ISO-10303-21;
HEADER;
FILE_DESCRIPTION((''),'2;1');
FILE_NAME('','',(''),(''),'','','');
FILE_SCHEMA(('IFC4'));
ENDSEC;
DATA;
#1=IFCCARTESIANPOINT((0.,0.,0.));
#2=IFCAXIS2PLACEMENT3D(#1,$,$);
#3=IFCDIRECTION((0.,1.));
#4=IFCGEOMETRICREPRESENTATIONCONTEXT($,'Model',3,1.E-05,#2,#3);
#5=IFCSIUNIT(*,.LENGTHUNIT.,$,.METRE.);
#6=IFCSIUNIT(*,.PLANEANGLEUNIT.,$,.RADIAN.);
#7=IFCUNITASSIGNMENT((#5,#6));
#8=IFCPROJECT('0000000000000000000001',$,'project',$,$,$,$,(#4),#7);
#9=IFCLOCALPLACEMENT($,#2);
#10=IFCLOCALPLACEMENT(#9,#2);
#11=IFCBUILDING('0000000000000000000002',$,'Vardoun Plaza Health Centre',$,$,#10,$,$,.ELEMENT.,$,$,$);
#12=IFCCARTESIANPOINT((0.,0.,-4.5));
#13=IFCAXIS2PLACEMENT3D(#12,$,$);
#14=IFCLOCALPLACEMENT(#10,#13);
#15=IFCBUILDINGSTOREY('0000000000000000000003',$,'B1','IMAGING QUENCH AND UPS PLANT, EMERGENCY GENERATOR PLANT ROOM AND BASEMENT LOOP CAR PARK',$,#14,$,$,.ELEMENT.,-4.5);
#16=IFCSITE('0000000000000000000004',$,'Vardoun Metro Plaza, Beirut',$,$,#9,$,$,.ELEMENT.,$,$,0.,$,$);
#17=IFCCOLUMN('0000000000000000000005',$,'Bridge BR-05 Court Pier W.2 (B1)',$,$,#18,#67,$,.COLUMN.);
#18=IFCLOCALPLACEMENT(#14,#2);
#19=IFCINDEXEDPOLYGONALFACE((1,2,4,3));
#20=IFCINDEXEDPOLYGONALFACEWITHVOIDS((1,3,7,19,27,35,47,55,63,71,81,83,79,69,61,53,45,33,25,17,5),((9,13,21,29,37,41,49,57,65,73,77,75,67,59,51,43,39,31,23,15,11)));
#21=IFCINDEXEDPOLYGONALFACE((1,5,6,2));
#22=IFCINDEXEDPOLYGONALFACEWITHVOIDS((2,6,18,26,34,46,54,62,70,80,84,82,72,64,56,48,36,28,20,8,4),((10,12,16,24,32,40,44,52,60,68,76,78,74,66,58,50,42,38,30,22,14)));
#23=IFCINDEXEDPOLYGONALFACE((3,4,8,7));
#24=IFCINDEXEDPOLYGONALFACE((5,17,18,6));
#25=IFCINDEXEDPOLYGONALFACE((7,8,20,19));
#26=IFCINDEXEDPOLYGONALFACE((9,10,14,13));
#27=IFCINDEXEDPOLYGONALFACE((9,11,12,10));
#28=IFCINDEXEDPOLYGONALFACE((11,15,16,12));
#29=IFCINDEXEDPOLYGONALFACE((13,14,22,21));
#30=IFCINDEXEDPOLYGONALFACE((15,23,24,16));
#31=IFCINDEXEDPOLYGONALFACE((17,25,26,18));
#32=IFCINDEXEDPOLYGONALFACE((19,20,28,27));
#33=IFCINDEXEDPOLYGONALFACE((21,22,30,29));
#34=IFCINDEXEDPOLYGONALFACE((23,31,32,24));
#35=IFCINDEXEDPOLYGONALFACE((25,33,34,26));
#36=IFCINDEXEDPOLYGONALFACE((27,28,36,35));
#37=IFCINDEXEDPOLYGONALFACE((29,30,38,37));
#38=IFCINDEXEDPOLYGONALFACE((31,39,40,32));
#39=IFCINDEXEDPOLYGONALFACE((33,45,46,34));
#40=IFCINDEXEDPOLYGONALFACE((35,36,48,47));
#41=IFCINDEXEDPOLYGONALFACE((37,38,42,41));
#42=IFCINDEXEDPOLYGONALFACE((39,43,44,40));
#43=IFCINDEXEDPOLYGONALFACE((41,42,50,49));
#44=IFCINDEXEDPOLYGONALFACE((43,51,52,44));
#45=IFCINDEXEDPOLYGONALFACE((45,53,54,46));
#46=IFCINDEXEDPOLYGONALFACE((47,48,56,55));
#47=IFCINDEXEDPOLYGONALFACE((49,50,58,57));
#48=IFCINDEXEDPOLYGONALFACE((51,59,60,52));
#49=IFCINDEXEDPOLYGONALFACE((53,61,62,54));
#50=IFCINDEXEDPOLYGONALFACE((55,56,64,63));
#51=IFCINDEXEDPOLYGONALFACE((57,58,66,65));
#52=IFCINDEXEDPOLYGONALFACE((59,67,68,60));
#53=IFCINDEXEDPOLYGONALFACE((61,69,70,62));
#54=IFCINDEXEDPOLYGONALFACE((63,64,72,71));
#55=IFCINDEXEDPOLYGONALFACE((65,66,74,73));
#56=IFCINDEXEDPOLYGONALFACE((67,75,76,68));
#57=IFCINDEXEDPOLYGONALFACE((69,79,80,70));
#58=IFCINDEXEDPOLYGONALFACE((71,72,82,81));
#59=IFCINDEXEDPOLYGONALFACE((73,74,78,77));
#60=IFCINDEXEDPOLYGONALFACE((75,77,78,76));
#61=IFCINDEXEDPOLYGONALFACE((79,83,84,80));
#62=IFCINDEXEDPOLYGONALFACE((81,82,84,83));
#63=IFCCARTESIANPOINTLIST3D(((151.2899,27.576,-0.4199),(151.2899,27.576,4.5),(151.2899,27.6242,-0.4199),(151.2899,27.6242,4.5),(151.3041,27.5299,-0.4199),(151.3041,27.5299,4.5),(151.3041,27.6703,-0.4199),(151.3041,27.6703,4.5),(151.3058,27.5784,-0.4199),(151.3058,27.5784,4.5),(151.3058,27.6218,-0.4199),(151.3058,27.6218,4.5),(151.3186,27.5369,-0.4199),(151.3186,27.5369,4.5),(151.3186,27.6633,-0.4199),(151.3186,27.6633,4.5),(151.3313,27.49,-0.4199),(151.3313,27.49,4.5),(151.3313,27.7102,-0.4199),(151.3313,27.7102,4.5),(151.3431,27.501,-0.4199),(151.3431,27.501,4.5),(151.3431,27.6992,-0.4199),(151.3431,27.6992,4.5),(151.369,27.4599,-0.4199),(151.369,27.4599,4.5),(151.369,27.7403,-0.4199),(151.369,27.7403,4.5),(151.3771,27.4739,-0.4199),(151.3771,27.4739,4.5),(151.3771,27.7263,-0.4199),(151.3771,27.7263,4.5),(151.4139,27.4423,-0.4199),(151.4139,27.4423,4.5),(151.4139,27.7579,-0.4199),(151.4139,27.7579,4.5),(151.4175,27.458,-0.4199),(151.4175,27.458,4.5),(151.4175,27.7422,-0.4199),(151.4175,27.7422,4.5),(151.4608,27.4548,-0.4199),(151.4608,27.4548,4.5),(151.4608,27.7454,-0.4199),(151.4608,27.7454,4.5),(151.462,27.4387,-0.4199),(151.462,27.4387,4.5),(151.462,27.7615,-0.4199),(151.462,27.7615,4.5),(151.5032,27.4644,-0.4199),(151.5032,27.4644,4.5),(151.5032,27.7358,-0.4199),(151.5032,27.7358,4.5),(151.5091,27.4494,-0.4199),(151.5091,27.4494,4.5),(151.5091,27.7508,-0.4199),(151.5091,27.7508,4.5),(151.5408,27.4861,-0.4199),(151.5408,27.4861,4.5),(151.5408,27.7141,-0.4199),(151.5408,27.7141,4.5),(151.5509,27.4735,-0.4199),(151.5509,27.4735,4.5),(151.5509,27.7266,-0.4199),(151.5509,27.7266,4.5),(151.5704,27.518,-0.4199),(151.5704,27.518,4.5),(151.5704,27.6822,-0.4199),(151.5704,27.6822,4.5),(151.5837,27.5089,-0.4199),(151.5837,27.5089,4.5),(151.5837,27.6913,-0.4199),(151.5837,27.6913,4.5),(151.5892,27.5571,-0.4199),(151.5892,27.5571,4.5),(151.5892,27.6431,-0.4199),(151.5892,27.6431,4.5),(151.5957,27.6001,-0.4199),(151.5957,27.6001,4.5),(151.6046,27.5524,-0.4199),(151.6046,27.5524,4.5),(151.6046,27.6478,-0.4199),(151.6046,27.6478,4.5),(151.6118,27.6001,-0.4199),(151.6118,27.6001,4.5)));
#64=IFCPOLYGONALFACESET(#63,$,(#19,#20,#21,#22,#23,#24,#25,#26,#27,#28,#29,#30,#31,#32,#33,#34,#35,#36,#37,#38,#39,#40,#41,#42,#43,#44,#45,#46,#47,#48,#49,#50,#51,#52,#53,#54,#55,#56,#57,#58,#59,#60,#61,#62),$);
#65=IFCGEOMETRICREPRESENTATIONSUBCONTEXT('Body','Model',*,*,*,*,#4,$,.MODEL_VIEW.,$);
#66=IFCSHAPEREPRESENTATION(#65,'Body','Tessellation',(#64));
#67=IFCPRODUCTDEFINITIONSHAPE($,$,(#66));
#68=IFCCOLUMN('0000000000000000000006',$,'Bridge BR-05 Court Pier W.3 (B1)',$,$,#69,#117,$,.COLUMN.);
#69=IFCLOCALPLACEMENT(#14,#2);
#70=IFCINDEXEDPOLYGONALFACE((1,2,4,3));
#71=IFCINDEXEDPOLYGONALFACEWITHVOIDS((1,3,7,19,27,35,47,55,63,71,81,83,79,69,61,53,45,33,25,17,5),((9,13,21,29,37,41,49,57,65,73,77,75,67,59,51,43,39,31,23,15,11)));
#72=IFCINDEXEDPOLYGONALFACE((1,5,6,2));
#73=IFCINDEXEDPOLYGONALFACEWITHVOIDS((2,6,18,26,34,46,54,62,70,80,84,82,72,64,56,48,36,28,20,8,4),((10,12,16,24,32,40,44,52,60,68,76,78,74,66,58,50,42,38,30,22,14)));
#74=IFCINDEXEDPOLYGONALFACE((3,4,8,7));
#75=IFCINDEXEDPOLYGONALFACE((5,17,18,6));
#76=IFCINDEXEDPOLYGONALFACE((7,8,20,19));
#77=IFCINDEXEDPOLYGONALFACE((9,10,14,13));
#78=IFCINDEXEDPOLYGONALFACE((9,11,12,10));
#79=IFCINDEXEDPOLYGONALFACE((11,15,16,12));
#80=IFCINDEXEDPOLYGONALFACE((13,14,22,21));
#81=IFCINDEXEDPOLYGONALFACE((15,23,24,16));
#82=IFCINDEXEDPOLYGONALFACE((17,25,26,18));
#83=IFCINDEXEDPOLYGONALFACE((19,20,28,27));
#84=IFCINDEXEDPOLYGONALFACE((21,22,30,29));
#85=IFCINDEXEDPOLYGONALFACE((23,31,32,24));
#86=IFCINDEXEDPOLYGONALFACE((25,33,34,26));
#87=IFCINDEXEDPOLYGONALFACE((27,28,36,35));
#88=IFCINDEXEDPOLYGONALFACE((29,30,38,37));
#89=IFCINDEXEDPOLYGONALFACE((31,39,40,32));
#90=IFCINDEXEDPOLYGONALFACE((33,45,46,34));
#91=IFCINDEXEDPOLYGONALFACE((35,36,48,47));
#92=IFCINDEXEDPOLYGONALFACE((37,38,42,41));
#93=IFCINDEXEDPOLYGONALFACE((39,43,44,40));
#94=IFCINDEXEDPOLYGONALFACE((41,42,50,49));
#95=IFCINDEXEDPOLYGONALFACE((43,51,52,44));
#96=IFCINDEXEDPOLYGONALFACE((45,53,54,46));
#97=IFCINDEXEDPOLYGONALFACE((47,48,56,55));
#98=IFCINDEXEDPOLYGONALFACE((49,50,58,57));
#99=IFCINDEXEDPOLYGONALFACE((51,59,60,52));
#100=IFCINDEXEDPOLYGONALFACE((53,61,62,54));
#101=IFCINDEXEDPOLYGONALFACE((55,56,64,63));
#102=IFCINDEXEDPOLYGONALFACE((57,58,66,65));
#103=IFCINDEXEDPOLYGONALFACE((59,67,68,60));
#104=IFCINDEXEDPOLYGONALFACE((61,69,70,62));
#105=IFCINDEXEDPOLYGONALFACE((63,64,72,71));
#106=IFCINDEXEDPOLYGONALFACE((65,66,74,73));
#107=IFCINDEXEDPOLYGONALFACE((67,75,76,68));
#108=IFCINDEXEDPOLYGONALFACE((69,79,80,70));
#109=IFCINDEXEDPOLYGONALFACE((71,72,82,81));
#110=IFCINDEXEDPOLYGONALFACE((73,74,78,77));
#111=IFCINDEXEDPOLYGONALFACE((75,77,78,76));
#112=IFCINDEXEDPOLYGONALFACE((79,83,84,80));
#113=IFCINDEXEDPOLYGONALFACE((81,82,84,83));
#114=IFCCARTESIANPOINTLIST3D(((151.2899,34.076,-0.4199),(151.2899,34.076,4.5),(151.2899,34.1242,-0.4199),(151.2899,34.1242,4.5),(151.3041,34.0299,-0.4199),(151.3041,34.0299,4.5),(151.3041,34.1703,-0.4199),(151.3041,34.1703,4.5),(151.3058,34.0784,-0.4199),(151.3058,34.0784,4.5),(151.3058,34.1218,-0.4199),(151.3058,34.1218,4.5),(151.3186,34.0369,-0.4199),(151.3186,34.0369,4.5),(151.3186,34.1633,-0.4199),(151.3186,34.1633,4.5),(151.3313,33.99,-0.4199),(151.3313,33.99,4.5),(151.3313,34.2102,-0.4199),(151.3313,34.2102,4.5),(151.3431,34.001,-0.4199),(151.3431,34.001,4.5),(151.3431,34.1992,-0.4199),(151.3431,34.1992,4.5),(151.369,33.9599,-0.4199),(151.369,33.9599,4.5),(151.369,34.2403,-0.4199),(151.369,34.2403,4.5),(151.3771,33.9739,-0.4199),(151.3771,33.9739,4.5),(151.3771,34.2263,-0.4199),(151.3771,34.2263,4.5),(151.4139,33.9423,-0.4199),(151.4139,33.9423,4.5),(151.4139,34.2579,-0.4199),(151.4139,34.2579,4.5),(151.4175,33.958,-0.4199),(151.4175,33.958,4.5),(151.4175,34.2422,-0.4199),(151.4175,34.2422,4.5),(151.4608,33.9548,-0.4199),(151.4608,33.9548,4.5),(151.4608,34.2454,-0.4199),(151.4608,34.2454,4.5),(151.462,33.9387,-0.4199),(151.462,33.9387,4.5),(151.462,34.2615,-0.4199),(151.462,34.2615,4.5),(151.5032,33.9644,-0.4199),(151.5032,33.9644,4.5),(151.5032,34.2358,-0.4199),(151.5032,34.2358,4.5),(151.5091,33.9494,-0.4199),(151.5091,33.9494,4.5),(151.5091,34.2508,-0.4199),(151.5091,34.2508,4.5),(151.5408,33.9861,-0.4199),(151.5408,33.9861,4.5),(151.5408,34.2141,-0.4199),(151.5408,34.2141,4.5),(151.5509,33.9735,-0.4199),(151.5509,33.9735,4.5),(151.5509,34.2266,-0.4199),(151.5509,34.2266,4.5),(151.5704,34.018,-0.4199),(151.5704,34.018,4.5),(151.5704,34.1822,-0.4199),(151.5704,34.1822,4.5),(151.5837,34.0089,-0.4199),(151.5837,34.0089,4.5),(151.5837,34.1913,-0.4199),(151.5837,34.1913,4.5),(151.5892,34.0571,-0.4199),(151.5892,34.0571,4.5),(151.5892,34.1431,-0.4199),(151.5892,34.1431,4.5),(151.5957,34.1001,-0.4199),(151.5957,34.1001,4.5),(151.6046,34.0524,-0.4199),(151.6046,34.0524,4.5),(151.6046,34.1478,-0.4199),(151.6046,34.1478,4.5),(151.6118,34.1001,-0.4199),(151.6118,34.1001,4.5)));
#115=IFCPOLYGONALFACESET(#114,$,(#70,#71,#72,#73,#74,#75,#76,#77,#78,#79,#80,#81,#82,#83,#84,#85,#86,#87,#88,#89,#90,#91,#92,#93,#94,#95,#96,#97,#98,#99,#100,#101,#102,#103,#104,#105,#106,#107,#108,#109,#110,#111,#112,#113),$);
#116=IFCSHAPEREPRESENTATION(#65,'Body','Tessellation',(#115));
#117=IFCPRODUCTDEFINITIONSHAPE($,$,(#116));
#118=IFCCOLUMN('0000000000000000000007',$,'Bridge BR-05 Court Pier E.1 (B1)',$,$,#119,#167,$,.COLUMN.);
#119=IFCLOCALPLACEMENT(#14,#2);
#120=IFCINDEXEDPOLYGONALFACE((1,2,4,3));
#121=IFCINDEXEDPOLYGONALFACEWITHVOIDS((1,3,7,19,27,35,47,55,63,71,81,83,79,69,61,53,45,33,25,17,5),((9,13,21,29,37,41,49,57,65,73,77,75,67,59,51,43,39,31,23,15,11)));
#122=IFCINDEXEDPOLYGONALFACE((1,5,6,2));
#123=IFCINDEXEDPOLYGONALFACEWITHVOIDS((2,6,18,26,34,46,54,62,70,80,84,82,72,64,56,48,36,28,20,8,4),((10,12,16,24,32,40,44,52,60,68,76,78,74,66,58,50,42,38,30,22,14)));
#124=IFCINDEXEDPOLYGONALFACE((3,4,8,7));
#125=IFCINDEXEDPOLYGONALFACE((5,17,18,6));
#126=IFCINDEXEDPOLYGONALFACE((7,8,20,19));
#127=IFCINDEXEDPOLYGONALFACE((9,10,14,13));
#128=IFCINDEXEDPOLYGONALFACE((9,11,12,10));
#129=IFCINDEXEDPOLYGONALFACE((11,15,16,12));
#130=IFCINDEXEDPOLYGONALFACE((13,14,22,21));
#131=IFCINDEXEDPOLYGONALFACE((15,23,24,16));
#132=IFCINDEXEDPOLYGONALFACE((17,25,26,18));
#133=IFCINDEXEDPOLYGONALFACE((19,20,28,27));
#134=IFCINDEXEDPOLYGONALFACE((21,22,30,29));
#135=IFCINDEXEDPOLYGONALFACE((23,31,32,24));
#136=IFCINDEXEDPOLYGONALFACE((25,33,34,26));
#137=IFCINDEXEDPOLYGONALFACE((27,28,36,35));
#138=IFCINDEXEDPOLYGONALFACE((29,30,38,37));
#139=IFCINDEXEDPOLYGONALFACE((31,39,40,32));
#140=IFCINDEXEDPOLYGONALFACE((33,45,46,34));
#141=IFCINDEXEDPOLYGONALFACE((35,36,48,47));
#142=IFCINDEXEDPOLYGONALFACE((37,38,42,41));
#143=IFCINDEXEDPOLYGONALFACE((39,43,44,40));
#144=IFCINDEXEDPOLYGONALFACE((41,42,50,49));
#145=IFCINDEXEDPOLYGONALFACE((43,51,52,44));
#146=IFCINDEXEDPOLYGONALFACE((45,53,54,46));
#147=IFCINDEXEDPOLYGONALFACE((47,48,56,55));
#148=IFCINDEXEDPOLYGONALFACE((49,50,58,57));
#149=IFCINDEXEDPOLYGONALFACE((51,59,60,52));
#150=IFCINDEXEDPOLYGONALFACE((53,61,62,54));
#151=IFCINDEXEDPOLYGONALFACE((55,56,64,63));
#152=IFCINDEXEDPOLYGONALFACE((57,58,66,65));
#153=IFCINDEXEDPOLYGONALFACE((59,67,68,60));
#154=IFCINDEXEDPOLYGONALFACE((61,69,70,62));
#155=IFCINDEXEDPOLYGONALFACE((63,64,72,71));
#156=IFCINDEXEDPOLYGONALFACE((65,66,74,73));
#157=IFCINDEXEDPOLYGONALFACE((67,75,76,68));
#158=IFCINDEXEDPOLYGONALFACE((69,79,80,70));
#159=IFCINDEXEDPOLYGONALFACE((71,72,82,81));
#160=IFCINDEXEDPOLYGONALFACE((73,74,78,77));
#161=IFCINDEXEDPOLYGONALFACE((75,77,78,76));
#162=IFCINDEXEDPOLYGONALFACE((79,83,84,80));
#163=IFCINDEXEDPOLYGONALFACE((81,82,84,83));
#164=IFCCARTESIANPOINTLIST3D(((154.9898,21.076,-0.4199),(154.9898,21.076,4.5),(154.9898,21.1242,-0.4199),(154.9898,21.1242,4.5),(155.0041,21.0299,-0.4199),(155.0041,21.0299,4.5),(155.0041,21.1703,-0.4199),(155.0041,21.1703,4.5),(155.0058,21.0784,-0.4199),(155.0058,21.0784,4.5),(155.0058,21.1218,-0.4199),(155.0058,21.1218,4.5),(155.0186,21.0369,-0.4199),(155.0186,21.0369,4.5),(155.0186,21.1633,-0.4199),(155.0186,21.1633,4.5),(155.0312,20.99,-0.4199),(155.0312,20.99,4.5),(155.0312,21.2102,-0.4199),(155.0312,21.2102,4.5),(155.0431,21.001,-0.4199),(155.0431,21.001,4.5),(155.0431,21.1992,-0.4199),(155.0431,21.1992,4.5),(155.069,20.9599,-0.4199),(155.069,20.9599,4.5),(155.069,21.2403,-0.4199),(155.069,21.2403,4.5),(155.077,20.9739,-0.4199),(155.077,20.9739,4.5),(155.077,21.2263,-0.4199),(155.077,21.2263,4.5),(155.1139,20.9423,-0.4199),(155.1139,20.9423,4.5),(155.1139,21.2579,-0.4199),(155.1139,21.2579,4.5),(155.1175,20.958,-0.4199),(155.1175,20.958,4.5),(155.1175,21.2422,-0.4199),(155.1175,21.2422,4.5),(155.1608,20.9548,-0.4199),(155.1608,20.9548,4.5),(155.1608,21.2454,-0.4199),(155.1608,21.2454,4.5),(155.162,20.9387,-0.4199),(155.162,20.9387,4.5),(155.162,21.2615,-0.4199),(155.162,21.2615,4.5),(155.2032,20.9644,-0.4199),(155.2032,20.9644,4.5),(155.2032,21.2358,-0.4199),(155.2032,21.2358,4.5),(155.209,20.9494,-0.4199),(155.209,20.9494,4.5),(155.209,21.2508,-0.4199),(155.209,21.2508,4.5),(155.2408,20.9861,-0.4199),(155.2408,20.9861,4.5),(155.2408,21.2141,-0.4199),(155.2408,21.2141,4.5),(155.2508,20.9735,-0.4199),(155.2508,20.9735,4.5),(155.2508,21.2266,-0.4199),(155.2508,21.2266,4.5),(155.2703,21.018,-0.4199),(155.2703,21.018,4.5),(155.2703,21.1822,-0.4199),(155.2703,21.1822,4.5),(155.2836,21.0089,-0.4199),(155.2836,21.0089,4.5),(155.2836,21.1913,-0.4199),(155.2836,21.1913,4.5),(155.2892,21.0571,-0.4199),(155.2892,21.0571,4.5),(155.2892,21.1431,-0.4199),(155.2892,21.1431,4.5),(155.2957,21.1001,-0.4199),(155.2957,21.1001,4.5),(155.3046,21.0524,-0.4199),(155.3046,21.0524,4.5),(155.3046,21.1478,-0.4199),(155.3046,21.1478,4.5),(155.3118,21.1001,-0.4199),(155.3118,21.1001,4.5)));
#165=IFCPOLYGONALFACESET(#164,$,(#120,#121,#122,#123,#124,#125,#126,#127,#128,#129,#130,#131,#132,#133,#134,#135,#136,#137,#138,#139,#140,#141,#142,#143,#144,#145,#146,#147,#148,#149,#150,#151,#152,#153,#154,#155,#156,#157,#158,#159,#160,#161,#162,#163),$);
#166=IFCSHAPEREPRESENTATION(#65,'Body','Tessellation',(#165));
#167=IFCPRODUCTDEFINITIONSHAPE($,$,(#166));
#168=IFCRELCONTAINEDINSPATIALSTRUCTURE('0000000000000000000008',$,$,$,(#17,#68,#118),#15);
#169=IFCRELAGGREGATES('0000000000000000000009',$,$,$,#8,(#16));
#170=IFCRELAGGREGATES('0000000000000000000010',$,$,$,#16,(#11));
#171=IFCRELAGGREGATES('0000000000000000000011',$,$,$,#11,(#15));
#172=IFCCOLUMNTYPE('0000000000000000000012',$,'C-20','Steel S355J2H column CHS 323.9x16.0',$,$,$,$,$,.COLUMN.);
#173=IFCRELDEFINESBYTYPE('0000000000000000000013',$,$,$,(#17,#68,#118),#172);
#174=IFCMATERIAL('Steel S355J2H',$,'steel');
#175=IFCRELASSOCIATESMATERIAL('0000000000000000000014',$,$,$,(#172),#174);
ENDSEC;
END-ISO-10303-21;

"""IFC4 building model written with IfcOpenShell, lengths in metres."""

from ifc_helpers import new_model, si_unit, direction, frame, origin, origin_2d, place, context, subcontext, project, spatial, hollow_circle, extrude, material, material_profile, profile_set, type_object, element, save


model = new_model("IFC4")

# Units and contexts
model_context = context("Model", 3, precision=1e-05, world=origin(), true_north=direction((0.0, 1.0)))
body_context = subcontext(model_context, "Body", "Model", "MODEL_VIEW")
ifc_project = project(units=[si_unit("LENGTHUNIT", "METRE"), si_unit("PLANEANGLEUNIT", "RADIAN")], contexts=[model_context])

# Site, building, storey
site_placement = place(None, origin())
site = spatial("IfcSite", under=ifc_project, at=site_placement, Name="Vardoun Metro Plaza, Beirut", CompositionType="ELEMENT", RefElevation=0.0)
building_placement = place(site_placement, origin())
building = spatial("IfcBuilding", under=site, at=building_placement, Name="Vardoun Plaza Health Centre", CompositionType="ELEMENT")
storey_placement = place(building_placement, frame((0.0, 0.0, -4.5)))
storey = spatial("IfcBuildingStorey", under=building, at=storey_placement, Name="B1", Description="IMAGING QUENCH AND UPS PLANT, EMERGENCY GENERATOR PLANT ROOM AND BASEMENT LOOP CAR PARK", CompositionType="ELEMENT", Elevation=-4.5)

# Columns
ifc_material_1 = material(Name="Steel S355J2H", Category="steel")
ifc_material_profile_1 = material_profile(ifc_material_1, hollow_circle(Radius=0.1619, WallThickness=0.0161, at=origin_2d()), Name="CHS 323.9x16.0")
ifc_profile_set_1 = profile_set([ifc_material_profile_1], Name="Steel S355J2H")
column_type_1 = type_object("IfcColumnType", Name="C-20", Description="Steel S355J2H column CHS 323.9x16.0", PredefinedType="COLUMN", material=ifc_profile_set_1)
for number, where, z_axis, x_axis, name in (
    (1, (151.45, 27.6001, -0.4199), (0.0, 0.0, 1.0), (1.0, 0.0, 0.0), "Bridge BR-05 Court Pier W.2 (B1)"),
    (2, (151.45, 34.1001, -0.4199), (0.0, 0.0, 1.0), (1.0, 0.0, 0.0), "Bridge BR-05 Court Pier W.3 (B1)"),
    (3, (155.1499, 21.1001, -0.4199), (0.0, 0.0, 1.0), (1.0, 0.0, 0.0), "Bridge BR-05 Court Pier E.1 (B1)"),
):
    element("IfcColumn", number, at=place(storey_placement, frame(where, z_axis=z_axis, x_axis=x_axis)), inside=storey, type_object=column_type_1, Name=name, PredefinedType="COLUMN", context=body_context, shape_type="SweptSolid", body=[
        extrude(hollow_circle(Radius=0.1619, WallThickness=0.0161, at=origin_2d()), origin(), (0.0, 0.0, 1.0), 4.9199),
    ])

save(model, "model.ifc")
